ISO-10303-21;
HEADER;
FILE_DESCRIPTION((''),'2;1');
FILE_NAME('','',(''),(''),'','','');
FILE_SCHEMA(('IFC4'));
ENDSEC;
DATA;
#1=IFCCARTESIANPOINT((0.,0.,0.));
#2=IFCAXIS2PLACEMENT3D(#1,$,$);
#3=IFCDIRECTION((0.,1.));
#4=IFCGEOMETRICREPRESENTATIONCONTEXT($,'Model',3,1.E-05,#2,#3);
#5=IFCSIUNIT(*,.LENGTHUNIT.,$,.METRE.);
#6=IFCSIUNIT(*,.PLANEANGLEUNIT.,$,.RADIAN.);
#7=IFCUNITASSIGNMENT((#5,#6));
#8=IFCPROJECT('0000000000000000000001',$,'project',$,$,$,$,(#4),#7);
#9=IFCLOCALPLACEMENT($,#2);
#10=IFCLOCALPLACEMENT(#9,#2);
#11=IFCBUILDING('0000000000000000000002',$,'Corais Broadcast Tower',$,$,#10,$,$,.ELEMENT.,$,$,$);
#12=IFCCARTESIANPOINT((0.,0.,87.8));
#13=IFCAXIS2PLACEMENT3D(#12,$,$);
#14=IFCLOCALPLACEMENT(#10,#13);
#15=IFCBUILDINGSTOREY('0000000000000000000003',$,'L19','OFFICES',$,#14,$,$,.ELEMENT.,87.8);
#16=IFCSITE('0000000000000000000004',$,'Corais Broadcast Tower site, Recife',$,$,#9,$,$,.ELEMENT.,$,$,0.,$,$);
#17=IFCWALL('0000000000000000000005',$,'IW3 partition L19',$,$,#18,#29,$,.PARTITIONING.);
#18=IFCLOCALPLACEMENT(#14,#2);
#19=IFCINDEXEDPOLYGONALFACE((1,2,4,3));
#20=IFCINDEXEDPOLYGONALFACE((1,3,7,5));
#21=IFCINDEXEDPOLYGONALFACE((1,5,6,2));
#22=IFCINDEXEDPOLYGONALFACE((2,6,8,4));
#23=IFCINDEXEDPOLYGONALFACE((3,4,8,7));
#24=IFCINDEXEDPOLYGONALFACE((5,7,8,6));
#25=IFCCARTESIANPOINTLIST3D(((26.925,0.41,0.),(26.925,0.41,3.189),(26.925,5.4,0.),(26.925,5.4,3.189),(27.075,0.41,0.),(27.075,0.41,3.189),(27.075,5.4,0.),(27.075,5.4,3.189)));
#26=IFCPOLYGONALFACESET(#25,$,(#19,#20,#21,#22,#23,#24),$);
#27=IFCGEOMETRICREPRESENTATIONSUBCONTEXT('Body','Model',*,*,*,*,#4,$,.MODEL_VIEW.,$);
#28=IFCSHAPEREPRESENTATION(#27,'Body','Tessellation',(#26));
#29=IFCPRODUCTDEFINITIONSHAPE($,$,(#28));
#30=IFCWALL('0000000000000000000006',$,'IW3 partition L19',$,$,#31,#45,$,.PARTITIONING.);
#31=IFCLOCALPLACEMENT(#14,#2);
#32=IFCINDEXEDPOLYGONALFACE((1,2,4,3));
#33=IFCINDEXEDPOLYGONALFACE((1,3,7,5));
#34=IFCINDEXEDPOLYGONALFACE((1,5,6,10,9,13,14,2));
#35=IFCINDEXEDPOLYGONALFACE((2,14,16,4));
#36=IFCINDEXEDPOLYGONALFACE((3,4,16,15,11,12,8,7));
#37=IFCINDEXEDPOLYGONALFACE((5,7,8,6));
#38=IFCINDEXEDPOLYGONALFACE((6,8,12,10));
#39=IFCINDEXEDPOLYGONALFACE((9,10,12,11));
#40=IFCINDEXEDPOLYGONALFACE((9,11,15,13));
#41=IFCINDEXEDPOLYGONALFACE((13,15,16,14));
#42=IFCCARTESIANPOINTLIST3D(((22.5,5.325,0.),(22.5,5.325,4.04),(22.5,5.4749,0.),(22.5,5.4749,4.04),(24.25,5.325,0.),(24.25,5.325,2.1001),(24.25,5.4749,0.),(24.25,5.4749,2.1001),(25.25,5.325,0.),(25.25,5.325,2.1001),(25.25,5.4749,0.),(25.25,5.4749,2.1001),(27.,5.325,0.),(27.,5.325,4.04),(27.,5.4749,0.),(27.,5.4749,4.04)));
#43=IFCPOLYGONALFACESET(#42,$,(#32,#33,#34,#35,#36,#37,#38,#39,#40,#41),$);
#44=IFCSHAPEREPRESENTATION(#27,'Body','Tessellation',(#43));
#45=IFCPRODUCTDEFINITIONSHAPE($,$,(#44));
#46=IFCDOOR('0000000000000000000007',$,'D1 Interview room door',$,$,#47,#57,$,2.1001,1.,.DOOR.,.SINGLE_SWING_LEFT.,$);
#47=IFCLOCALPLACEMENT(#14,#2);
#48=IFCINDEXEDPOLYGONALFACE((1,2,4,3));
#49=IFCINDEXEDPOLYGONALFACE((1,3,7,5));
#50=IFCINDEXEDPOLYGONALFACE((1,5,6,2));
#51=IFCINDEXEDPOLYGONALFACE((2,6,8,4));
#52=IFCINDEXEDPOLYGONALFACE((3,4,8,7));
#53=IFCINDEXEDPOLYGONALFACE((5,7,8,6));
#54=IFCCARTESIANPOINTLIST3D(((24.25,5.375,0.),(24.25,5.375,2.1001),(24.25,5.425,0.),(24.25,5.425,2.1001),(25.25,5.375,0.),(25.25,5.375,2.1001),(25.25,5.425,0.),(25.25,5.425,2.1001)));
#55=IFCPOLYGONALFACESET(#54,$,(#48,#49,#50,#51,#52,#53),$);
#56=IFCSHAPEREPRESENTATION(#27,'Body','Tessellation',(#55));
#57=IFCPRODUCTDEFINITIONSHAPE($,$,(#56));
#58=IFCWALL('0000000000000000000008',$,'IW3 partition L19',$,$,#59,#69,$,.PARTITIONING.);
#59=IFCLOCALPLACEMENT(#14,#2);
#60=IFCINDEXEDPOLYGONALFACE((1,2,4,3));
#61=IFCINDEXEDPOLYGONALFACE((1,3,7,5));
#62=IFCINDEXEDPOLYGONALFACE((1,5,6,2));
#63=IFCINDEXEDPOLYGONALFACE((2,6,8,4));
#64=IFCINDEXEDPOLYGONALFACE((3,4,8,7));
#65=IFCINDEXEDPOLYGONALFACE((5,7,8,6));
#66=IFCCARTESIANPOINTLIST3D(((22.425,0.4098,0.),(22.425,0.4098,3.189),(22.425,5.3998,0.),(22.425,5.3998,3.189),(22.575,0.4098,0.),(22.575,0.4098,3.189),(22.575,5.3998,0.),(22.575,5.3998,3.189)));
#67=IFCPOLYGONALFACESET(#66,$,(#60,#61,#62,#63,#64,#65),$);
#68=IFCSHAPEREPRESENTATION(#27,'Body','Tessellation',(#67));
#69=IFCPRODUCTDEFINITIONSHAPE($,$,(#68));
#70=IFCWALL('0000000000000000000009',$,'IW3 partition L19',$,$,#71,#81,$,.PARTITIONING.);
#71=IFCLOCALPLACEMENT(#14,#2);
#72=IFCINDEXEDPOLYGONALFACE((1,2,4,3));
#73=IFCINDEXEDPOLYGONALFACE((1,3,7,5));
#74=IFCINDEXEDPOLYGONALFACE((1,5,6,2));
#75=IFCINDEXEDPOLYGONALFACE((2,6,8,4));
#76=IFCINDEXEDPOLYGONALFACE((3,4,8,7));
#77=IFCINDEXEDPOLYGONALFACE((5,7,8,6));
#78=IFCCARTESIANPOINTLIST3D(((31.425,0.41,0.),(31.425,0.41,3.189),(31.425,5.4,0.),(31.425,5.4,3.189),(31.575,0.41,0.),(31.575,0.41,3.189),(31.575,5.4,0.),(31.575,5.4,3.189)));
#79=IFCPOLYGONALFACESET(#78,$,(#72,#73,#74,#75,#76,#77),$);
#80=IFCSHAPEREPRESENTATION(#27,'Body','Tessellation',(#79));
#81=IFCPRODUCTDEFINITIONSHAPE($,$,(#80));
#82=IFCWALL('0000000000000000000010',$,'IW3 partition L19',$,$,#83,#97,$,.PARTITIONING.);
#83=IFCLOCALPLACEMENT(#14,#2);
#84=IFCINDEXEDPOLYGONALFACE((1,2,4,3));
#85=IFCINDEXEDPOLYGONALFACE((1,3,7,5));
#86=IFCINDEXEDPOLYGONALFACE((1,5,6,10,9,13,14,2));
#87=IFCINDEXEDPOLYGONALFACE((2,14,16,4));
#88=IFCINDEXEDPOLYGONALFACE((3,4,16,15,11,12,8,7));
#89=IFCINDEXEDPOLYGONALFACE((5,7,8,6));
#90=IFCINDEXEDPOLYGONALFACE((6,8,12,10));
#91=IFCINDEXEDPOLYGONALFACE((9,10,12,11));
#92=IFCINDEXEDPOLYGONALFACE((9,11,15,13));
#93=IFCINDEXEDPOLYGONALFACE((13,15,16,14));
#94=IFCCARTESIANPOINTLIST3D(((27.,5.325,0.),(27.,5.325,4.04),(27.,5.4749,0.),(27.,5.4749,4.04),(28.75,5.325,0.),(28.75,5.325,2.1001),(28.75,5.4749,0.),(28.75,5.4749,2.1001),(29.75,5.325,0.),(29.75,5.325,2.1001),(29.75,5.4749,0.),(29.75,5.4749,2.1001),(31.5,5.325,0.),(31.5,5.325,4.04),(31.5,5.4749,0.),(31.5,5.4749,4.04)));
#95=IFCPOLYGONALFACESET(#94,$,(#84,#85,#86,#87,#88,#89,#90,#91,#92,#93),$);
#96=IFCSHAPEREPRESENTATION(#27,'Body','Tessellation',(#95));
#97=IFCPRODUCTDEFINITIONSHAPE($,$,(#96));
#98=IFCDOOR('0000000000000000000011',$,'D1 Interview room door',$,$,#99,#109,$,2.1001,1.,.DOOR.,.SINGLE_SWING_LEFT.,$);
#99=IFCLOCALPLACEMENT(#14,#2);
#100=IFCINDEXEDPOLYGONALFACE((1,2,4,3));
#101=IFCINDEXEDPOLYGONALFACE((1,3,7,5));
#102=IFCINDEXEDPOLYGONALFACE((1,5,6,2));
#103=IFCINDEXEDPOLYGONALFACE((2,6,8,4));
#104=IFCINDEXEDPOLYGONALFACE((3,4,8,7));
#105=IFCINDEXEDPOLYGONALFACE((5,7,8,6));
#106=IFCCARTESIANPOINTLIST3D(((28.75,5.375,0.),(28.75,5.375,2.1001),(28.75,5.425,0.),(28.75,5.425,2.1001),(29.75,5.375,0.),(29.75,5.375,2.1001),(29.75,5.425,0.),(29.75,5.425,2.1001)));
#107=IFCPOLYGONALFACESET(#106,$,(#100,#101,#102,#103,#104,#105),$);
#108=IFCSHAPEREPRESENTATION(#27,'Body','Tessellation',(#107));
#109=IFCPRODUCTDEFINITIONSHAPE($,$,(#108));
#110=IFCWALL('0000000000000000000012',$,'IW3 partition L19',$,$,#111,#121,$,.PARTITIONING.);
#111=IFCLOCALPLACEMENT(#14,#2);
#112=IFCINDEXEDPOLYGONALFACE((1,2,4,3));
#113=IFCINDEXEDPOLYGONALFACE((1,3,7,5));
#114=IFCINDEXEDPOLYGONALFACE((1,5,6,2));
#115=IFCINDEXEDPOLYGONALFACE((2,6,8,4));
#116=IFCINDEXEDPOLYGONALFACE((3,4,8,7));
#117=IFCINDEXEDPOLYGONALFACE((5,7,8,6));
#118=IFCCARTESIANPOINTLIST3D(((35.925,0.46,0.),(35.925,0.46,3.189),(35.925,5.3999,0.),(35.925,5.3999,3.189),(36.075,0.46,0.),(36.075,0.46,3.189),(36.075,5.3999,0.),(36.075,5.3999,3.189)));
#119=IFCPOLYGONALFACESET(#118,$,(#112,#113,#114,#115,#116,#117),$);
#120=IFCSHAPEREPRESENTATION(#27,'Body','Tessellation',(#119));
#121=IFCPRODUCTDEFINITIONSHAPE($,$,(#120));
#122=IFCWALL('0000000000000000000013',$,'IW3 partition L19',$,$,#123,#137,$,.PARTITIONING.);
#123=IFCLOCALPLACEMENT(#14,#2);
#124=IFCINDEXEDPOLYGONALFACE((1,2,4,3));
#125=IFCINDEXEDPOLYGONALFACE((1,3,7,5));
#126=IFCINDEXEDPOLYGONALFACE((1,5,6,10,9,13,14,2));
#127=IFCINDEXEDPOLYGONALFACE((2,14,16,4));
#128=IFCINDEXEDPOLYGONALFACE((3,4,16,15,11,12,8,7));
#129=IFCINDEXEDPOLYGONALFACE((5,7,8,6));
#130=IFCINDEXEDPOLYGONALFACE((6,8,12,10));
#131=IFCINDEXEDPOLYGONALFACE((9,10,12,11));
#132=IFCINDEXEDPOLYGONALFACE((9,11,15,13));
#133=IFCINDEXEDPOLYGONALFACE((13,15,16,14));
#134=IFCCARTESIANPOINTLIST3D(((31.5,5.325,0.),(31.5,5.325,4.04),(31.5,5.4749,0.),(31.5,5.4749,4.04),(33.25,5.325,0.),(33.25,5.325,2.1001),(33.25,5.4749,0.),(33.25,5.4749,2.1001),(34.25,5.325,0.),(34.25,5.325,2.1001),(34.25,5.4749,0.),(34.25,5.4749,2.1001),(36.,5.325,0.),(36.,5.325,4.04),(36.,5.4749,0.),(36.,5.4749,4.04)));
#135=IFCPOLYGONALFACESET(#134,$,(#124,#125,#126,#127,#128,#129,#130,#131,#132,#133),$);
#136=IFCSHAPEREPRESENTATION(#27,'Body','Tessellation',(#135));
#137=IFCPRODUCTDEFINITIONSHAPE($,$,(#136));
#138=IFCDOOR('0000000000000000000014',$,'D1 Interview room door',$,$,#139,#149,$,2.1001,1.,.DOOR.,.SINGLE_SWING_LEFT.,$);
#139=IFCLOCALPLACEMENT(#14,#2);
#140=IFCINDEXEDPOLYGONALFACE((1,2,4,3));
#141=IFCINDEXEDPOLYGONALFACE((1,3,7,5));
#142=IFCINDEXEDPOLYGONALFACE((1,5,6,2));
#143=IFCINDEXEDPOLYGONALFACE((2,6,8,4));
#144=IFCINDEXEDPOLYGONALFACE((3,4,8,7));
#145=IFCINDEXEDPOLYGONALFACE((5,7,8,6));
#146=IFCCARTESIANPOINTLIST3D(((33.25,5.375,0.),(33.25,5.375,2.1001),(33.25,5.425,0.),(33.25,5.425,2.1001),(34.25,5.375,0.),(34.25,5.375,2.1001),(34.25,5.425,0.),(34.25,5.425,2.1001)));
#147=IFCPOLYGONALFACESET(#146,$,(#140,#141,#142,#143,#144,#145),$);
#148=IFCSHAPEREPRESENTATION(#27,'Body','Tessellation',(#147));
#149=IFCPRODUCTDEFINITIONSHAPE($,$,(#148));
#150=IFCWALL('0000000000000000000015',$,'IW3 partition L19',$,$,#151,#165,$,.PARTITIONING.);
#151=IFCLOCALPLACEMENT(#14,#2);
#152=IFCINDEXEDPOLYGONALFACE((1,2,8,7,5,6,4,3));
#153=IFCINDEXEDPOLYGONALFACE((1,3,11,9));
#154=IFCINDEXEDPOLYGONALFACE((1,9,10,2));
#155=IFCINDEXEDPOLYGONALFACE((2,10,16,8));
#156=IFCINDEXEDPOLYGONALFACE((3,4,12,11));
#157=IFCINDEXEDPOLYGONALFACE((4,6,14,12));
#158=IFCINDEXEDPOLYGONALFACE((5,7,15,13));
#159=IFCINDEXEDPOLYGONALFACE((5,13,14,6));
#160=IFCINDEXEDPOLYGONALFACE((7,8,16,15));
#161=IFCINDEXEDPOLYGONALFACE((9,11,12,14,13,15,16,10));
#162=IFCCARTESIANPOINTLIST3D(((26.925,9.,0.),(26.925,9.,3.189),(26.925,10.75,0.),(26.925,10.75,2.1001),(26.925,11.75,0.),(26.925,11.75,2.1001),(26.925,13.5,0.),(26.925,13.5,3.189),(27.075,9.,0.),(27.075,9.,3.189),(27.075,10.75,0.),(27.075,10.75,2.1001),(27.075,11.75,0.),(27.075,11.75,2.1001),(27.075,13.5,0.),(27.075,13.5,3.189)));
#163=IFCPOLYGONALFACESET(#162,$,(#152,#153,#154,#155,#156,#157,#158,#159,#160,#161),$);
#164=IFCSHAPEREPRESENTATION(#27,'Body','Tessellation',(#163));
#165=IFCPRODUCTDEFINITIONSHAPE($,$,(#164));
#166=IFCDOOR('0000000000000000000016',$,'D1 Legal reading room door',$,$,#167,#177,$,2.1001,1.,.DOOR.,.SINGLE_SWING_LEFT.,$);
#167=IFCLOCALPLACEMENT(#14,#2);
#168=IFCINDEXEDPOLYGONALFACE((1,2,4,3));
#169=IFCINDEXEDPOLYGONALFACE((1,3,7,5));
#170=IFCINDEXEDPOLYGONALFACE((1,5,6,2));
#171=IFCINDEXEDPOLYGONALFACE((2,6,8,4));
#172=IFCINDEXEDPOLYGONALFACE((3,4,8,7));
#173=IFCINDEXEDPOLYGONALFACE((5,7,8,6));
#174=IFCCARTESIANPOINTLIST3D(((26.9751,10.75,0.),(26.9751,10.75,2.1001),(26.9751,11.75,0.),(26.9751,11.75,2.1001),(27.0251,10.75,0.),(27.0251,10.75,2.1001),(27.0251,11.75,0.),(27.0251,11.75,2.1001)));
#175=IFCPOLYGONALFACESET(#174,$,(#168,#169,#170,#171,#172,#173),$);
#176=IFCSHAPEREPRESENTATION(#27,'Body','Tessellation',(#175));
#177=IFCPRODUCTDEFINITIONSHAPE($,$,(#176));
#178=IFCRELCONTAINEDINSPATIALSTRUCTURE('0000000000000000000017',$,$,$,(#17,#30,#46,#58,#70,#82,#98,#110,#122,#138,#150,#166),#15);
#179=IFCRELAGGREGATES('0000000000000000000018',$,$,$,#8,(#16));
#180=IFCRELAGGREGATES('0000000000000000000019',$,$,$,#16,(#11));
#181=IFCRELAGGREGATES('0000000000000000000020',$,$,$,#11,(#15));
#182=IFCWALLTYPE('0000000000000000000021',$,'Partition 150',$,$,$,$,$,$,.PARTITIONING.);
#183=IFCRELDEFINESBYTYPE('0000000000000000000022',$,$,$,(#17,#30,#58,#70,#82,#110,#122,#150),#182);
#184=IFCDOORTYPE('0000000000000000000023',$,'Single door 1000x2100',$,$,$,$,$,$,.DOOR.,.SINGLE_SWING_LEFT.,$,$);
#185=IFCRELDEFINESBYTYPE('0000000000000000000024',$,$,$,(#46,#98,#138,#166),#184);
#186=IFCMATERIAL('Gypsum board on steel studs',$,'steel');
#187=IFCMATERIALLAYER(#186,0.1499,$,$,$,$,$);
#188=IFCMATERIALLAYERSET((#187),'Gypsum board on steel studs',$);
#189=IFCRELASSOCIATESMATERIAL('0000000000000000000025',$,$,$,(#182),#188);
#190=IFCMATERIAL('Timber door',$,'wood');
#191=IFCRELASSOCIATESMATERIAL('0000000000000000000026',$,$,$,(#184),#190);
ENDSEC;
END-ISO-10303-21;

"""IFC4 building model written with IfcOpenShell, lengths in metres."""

from ifc_helpers import new_model, si_unit, direction, frame, frame_2d, origin, place, context, subcontext, project, spatial, rectangle, extrude, material, layer, layer_set, type_object, element, fill, save


model = new_model("IFC4")

# Units and contexts
model_context = context("Model", 3, precision=1e-05, world=origin(), true_north=direction((0.0, 1.0)))
body_context = subcontext(model_context, "Body", "Model", "MODEL_VIEW")
ifc_project = project(units=[si_unit("LENGTHUNIT", "METRE"), si_unit("PLANEANGLEUNIT", "RADIAN")], contexts=[model_context])

# Site, building, storey
site_placement = place(None, origin())
site = spatial("IfcSite", under=ifc_project, at=site_placement, Name="Corais Broadcast Tower site, Recife", CompositionType="ELEMENT", RefElevation=0.0)
building_placement = place(site_placement, origin())
building = spatial("IfcBuilding", under=site, at=building_placement, Name="Corais Broadcast Tower", CompositionType="ELEMENT")
storey_placement = place(building_placement, frame((0.0, 0.0, 87.8)))
storey = spatial("IfcBuildingStorey", under=building, at=storey_placement, Name="L19", Description="OFFICES", CompositionType="ELEMENT", Elevation=87.8)

# Wall
ifc_material_1 = material(Name="Gypsum board on steel studs", Category="steel")
ifc_layer_1 = layer(ifc_material_1, 0.1499)
ifc_layer_set_1 = layer_set([ifc_layer_1], Name="Gypsum board on steel studs")
wall_type_1 = type_object("IfcWallType", Name="Partition 150", PredefinedType="PARTITIONING", material=ifc_layer_set_1)
wall_1_placement = place(storey_placement, frame((27.0, 0.4099, 0.0), z_axis=(0.0, 0.0, 1.0), x_axis=(0.0, 1.0, 0.0)))
element("IfcWall", 1, at=wall_1_placement, inside=storey, type_object=wall_type_1, Name="IW3 partition L19", PredefinedType="PARTITIONING", context=body_context, shape_type="SweptSolid", body=[
    extrude(rectangle(XDim=4.99, YDim=0.1499, at=frame_2d((2.4951, 0.0))), origin(), (0.0, 0.0, 1.0), 3.189),
])

# Wall, opening, door
wall_2_placement = place(storey_placement, frame((27.0, 5.3999, 0.0), z_axis=(0.0, 0.0, 1.0), x_axis=(-1.0, 0.0, 0.0)))
wall_2 = element("IfcWall", 2, at=wall_2_placement, inside=storey, type_object=wall_type_1, Name="IW3 partition L19", PredefinedType="PARTITIONING", context=body_context, shape_type="SweptSolid", body=[
    extrude(rectangle(XDim=4.5, YDim=0.1499, at=frame_2d((2.25, 0.0))), origin(), (0.0, 0.0, 1.0), 4.04),
])
opening_1_placement = place(wall_2_placement, frame((1.75, 0.0, 0.0)))
opening_1 = element("IfcOpeningElement", 3, at=opening_1_placement, cuts=wall_2, PredefinedType="OPENING", context=body_context, shape_type="SweptSolid", body=[
    extrude(rectangle(XDim=1.0, YDim=2.1001, at=frame_2d((0.5, 1.05))), frame((0.0, 0.085, 0.0), z_axis=(0.0, -1.0, 0.0), x_axis=(1.0, 0.0, 0.0)), (0.0, 0.0, 1.0), 0.1699),
])
ifc_material_2 = material(Name="Timber door", Category="wood")
door_type = type_object("IfcDoorType", Name="Single door 1000x2100", OperationType="SINGLE_SWING_LEFT", PredefinedType="DOOR", material=ifc_material_2)
door_1_placement = place(opening_1_placement, origin())
door_1 = element("IfcDoor", 4, at=door_1_placement, inside=storey, type_object=door_type, Name="D1 Interview room door", OperationType="SINGLE_SWING_LEFT", OverallHeight=2.1001, OverallWidth=1.0, PredefinedType="DOOR", context=body_context, shape_type="SweptSolid", body=[
    extrude(rectangle(XDim=1.0, YDim=2.1001, at=frame_2d((0.5, 1.05))), frame((0.0, 0.0249, 0.0), z_axis=(0.0, -1.0, 0.0), x_axis=(1.0, 0.0, 0.0)), (0.0, 0.0, 1.0), 0.05),
])
fill(opening_1, door_1)

# Walls
for number, where, z_axis, x_axis, name in (
    (5, (22.5, 5.3999, 0.0), (0.0, 0.0, 1.0), (0.0, -1.0, 0.0), "IW3 partition L19"),
    (6, (31.5, 0.4099, 0.0), (0.0, 0.0, 1.0), (0.0, 1.0, 0.0), "IW3 partition L19"),
):
    element("IfcWall", number, at=place(storey_placement, frame(where, z_axis=z_axis, x_axis=x_axis)), inside=storey, type_object=wall_type_1, Name=name, PredefinedType="PARTITIONING", context=body_context, shape_type="SweptSolid", body=[
        extrude(rectangle(XDim=4.99, YDim=0.1499, at=frame_2d((2.4951, 0.0))), origin(), (0.0, 0.0, 1.0), 3.189),
    ])

# Wall, opening, door
wall_3_placement = place(storey_placement, frame((31.5, 5.3999, 0.0), z_axis=(0.0, 0.0, 1.0), x_axis=(-1.0, 0.0, 0.0)))
wall_3 = element("IfcWall", 7, at=wall_3_placement, inside=storey, type_object=wall_type_1, Name="IW3 partition L19", PredefinedType="PARTITIONING", context=body_context, shape_type="SweptSolid", body=[
    extrude(rectangle(XDim=4.5, YDim=0.1499, at=frame_2d((2.25, 0.0))), origin(), (0.0, 0.0, 1.0), 4.04),
])
opening_2_placement = place(wall_3_placement, frame((1.75, 0.0, 0.0)))
opening_2 = element("IfcOpeningElement", 8, at=opening_2_placement, cuts=wall_3, PredefinedType="OPENING", context=body_context, shape_type="SweptSolid", body=[
    extrude(rectangle(XDim=1.0, YDim=2.1001, at=frame_2d((0.5, 1.05))), frame((0.0, 0.085, 0.0), z_axis=(0.0, -1.0, 0.0), x_axis=(1.0, 0.0, 0.0)), (0.0, 0.0, 1.0), 0.1699),
])
door_2_placement = place(opening_2_placement, origin())
door_2 = element("IfcDoor", 9, at=door_2_placement, inside=storey, type_object=door_type, Name="D1 Interview room door", OperationType="SINGLE_SWING_LEFT", OverallHeight=2.1001, OverallWidth=1.0, PredefinedType="DOOR", context=body_context, shape_type="SweptSolid", body=[
    extrude(rectangle(XDim=1.0, YDim=2.1001, at=frame_2d((0.5, 1.05))), frame((0.0, 0.0249, 0.0), z_axis=(0.0, -1.0, 0.0), x_axis=(1.0, 0.0, 0.0)), (0.0, 0.0, 1.0), 0.05),
])
fill(opening_2, door_2)

# Wall
wall_4_placement = place(storey_placement, frame((36.0, 0.46, 0.0), z_axis=(0.0, 0.0, 1.0), x_axis=(0.0, 1.0, 0.0)))
element("IfcWall", 10, at=wall_4_placement, inside=storey, type_object=wall_type_1, Name="IW3 partition L19", PredefinedType="PARTITIONING", context=body_context, shape_type="SweptSolid", body=[
    extrude(rectangle(XDim=4.9399, YDim=0.1499, at=frame_2d((2.47, 0.0))), origin(), (0.0, 0.0, 1.0), 3.189),
])

# Walls, openings, doors
wall_5_placement = place(storey_placement, frame((36.0, 5.3999, 0.0), z_axis=(0.0, 0.0, 1.0), x_axis=(-1.0, 0.0, 0.0)))
wall_5 = element("IfcWall", 11, at=wall_5_placement, inside=storey, type_object=wall_type_1, Name="IW3 partition L19", PredefinedType="PARTITIONING", context=body_context, shape_type="SweptSolid", body=[
    extrude(rectangle(XDim=4.5, YDim=0.1499, at=frame_2d((2.25, 0.0))), origin(), (0.0, 0.0, 1.0), 4.04),
])
opening_3_placement = place(wall_5_placement, frame((1.75, 0.0, 0.0)))
opening_3 = element("IfcOpeningElement", 12, at=opening_3_placement, cuts=wall_5, PredefinedType="OPENING", context=body_context, shape_type="SweptSolid", body=[
    extrude(rectangle(XDim=1.0, YDim=2.1001, at=frame_2d((0.5, 1.05))), frame((0.0, 0.085, 0.0), z_axis=(0.0, -1.0, 0.0), x_axis=(1.0, 0.0, 0.0)), (0.0, 0.0, 1.0), 0.1699),
])
door_3_placement = place(opening_3_placement, origin())
door_3 = element("IfcDoor", 13, at=door_3_placement, inside=storey, type_object=door_type, Name="D1 Interview room door", OperationType="SINGLE_SWING_LEFT", OverallHeight=2.1001, OverallWidth=1.0, PredefinedType="DOOR", context=body_context, shape_type="SweptSolid", body=[
    extrude(rectangle(XDim=1.0, YDim=2.1001, at=frame_2d((0.5, 1.05))), frame((0.0, 0.0249, 0.0), z_axis=(0.0, -1.0, 0.0), x_axis=(1.0, 0.0, 0.0)), (0.0, 0.0, 1.0), 0.05),
])
fill(opening_3, door_3)
wall_6_placement = place(storey_placement, frame((27.0, 9.0, 0.0), z_axis=(0.0, 0.0, 1.0), x_axis=(0.0, 1.0, 0.0)))
wall_6 = element("IfcWall", 14, at=wall_6_placement, inside=storey, type_object=wall_type_1, Name="IW3 partition L19", PredefinedType="PARTITIONING", context=body_context, shape_type="SweptSolid", body=[
    extrude(rectangle(XDim=4.5, YDim=0.1499, at=frame_2d((2.25, 0.0))), origin(), (0.0, 0.0, 1.0), 3.189),
])
opening_4_placement = place(wall_6_placement, frame((1.75, 0.0, 0.0)))
opening_4 = element("IfcOpeningElement", 15, at=opening_4_placement, cuts=wall_6, PredefinedType="OPENING", context=body_context, shape_type="SweptSolid", body=[
    extrude(rectangle(XDim=1.0, YDim=2.1001, at=frame_2d((0.5, 1.05))), frame((0.0, 0.085, 0.0), z_axis=(0.0, -1.0, 0.0), x_axis=(1.0, 0.0, 0.0)), (0.0, 0.0, 1.0), 0.1699),
])
door_4_placement = place(opening_4_placement, origin())
door_4 = element("IfcDoor", 16, at=door_4_placement, inside=storey, type_object=door_type, Name="D1 Legal reading room door", OperationType="SINGLE_SWING_LEFT", OverallHeight=2.1001, OverallWidth=1.0, PredefinedType="DOOR", context=body_context, shape_type="SweptSolid", body=[
    extrude(rectangle(XDim=1.0, YDim=2.1001, at=frame_2d((0.5, 1.05))), frame((0.0, 0.0249, 0.0), z_axis=(0.0, -1.0, 0.0), x_axis=(1.0, 0.0, 0.0)), (0.0, 0.0, 1.0), 0.05),
])
fill(opening_4, door_4)

save(model, "model.ifc")
